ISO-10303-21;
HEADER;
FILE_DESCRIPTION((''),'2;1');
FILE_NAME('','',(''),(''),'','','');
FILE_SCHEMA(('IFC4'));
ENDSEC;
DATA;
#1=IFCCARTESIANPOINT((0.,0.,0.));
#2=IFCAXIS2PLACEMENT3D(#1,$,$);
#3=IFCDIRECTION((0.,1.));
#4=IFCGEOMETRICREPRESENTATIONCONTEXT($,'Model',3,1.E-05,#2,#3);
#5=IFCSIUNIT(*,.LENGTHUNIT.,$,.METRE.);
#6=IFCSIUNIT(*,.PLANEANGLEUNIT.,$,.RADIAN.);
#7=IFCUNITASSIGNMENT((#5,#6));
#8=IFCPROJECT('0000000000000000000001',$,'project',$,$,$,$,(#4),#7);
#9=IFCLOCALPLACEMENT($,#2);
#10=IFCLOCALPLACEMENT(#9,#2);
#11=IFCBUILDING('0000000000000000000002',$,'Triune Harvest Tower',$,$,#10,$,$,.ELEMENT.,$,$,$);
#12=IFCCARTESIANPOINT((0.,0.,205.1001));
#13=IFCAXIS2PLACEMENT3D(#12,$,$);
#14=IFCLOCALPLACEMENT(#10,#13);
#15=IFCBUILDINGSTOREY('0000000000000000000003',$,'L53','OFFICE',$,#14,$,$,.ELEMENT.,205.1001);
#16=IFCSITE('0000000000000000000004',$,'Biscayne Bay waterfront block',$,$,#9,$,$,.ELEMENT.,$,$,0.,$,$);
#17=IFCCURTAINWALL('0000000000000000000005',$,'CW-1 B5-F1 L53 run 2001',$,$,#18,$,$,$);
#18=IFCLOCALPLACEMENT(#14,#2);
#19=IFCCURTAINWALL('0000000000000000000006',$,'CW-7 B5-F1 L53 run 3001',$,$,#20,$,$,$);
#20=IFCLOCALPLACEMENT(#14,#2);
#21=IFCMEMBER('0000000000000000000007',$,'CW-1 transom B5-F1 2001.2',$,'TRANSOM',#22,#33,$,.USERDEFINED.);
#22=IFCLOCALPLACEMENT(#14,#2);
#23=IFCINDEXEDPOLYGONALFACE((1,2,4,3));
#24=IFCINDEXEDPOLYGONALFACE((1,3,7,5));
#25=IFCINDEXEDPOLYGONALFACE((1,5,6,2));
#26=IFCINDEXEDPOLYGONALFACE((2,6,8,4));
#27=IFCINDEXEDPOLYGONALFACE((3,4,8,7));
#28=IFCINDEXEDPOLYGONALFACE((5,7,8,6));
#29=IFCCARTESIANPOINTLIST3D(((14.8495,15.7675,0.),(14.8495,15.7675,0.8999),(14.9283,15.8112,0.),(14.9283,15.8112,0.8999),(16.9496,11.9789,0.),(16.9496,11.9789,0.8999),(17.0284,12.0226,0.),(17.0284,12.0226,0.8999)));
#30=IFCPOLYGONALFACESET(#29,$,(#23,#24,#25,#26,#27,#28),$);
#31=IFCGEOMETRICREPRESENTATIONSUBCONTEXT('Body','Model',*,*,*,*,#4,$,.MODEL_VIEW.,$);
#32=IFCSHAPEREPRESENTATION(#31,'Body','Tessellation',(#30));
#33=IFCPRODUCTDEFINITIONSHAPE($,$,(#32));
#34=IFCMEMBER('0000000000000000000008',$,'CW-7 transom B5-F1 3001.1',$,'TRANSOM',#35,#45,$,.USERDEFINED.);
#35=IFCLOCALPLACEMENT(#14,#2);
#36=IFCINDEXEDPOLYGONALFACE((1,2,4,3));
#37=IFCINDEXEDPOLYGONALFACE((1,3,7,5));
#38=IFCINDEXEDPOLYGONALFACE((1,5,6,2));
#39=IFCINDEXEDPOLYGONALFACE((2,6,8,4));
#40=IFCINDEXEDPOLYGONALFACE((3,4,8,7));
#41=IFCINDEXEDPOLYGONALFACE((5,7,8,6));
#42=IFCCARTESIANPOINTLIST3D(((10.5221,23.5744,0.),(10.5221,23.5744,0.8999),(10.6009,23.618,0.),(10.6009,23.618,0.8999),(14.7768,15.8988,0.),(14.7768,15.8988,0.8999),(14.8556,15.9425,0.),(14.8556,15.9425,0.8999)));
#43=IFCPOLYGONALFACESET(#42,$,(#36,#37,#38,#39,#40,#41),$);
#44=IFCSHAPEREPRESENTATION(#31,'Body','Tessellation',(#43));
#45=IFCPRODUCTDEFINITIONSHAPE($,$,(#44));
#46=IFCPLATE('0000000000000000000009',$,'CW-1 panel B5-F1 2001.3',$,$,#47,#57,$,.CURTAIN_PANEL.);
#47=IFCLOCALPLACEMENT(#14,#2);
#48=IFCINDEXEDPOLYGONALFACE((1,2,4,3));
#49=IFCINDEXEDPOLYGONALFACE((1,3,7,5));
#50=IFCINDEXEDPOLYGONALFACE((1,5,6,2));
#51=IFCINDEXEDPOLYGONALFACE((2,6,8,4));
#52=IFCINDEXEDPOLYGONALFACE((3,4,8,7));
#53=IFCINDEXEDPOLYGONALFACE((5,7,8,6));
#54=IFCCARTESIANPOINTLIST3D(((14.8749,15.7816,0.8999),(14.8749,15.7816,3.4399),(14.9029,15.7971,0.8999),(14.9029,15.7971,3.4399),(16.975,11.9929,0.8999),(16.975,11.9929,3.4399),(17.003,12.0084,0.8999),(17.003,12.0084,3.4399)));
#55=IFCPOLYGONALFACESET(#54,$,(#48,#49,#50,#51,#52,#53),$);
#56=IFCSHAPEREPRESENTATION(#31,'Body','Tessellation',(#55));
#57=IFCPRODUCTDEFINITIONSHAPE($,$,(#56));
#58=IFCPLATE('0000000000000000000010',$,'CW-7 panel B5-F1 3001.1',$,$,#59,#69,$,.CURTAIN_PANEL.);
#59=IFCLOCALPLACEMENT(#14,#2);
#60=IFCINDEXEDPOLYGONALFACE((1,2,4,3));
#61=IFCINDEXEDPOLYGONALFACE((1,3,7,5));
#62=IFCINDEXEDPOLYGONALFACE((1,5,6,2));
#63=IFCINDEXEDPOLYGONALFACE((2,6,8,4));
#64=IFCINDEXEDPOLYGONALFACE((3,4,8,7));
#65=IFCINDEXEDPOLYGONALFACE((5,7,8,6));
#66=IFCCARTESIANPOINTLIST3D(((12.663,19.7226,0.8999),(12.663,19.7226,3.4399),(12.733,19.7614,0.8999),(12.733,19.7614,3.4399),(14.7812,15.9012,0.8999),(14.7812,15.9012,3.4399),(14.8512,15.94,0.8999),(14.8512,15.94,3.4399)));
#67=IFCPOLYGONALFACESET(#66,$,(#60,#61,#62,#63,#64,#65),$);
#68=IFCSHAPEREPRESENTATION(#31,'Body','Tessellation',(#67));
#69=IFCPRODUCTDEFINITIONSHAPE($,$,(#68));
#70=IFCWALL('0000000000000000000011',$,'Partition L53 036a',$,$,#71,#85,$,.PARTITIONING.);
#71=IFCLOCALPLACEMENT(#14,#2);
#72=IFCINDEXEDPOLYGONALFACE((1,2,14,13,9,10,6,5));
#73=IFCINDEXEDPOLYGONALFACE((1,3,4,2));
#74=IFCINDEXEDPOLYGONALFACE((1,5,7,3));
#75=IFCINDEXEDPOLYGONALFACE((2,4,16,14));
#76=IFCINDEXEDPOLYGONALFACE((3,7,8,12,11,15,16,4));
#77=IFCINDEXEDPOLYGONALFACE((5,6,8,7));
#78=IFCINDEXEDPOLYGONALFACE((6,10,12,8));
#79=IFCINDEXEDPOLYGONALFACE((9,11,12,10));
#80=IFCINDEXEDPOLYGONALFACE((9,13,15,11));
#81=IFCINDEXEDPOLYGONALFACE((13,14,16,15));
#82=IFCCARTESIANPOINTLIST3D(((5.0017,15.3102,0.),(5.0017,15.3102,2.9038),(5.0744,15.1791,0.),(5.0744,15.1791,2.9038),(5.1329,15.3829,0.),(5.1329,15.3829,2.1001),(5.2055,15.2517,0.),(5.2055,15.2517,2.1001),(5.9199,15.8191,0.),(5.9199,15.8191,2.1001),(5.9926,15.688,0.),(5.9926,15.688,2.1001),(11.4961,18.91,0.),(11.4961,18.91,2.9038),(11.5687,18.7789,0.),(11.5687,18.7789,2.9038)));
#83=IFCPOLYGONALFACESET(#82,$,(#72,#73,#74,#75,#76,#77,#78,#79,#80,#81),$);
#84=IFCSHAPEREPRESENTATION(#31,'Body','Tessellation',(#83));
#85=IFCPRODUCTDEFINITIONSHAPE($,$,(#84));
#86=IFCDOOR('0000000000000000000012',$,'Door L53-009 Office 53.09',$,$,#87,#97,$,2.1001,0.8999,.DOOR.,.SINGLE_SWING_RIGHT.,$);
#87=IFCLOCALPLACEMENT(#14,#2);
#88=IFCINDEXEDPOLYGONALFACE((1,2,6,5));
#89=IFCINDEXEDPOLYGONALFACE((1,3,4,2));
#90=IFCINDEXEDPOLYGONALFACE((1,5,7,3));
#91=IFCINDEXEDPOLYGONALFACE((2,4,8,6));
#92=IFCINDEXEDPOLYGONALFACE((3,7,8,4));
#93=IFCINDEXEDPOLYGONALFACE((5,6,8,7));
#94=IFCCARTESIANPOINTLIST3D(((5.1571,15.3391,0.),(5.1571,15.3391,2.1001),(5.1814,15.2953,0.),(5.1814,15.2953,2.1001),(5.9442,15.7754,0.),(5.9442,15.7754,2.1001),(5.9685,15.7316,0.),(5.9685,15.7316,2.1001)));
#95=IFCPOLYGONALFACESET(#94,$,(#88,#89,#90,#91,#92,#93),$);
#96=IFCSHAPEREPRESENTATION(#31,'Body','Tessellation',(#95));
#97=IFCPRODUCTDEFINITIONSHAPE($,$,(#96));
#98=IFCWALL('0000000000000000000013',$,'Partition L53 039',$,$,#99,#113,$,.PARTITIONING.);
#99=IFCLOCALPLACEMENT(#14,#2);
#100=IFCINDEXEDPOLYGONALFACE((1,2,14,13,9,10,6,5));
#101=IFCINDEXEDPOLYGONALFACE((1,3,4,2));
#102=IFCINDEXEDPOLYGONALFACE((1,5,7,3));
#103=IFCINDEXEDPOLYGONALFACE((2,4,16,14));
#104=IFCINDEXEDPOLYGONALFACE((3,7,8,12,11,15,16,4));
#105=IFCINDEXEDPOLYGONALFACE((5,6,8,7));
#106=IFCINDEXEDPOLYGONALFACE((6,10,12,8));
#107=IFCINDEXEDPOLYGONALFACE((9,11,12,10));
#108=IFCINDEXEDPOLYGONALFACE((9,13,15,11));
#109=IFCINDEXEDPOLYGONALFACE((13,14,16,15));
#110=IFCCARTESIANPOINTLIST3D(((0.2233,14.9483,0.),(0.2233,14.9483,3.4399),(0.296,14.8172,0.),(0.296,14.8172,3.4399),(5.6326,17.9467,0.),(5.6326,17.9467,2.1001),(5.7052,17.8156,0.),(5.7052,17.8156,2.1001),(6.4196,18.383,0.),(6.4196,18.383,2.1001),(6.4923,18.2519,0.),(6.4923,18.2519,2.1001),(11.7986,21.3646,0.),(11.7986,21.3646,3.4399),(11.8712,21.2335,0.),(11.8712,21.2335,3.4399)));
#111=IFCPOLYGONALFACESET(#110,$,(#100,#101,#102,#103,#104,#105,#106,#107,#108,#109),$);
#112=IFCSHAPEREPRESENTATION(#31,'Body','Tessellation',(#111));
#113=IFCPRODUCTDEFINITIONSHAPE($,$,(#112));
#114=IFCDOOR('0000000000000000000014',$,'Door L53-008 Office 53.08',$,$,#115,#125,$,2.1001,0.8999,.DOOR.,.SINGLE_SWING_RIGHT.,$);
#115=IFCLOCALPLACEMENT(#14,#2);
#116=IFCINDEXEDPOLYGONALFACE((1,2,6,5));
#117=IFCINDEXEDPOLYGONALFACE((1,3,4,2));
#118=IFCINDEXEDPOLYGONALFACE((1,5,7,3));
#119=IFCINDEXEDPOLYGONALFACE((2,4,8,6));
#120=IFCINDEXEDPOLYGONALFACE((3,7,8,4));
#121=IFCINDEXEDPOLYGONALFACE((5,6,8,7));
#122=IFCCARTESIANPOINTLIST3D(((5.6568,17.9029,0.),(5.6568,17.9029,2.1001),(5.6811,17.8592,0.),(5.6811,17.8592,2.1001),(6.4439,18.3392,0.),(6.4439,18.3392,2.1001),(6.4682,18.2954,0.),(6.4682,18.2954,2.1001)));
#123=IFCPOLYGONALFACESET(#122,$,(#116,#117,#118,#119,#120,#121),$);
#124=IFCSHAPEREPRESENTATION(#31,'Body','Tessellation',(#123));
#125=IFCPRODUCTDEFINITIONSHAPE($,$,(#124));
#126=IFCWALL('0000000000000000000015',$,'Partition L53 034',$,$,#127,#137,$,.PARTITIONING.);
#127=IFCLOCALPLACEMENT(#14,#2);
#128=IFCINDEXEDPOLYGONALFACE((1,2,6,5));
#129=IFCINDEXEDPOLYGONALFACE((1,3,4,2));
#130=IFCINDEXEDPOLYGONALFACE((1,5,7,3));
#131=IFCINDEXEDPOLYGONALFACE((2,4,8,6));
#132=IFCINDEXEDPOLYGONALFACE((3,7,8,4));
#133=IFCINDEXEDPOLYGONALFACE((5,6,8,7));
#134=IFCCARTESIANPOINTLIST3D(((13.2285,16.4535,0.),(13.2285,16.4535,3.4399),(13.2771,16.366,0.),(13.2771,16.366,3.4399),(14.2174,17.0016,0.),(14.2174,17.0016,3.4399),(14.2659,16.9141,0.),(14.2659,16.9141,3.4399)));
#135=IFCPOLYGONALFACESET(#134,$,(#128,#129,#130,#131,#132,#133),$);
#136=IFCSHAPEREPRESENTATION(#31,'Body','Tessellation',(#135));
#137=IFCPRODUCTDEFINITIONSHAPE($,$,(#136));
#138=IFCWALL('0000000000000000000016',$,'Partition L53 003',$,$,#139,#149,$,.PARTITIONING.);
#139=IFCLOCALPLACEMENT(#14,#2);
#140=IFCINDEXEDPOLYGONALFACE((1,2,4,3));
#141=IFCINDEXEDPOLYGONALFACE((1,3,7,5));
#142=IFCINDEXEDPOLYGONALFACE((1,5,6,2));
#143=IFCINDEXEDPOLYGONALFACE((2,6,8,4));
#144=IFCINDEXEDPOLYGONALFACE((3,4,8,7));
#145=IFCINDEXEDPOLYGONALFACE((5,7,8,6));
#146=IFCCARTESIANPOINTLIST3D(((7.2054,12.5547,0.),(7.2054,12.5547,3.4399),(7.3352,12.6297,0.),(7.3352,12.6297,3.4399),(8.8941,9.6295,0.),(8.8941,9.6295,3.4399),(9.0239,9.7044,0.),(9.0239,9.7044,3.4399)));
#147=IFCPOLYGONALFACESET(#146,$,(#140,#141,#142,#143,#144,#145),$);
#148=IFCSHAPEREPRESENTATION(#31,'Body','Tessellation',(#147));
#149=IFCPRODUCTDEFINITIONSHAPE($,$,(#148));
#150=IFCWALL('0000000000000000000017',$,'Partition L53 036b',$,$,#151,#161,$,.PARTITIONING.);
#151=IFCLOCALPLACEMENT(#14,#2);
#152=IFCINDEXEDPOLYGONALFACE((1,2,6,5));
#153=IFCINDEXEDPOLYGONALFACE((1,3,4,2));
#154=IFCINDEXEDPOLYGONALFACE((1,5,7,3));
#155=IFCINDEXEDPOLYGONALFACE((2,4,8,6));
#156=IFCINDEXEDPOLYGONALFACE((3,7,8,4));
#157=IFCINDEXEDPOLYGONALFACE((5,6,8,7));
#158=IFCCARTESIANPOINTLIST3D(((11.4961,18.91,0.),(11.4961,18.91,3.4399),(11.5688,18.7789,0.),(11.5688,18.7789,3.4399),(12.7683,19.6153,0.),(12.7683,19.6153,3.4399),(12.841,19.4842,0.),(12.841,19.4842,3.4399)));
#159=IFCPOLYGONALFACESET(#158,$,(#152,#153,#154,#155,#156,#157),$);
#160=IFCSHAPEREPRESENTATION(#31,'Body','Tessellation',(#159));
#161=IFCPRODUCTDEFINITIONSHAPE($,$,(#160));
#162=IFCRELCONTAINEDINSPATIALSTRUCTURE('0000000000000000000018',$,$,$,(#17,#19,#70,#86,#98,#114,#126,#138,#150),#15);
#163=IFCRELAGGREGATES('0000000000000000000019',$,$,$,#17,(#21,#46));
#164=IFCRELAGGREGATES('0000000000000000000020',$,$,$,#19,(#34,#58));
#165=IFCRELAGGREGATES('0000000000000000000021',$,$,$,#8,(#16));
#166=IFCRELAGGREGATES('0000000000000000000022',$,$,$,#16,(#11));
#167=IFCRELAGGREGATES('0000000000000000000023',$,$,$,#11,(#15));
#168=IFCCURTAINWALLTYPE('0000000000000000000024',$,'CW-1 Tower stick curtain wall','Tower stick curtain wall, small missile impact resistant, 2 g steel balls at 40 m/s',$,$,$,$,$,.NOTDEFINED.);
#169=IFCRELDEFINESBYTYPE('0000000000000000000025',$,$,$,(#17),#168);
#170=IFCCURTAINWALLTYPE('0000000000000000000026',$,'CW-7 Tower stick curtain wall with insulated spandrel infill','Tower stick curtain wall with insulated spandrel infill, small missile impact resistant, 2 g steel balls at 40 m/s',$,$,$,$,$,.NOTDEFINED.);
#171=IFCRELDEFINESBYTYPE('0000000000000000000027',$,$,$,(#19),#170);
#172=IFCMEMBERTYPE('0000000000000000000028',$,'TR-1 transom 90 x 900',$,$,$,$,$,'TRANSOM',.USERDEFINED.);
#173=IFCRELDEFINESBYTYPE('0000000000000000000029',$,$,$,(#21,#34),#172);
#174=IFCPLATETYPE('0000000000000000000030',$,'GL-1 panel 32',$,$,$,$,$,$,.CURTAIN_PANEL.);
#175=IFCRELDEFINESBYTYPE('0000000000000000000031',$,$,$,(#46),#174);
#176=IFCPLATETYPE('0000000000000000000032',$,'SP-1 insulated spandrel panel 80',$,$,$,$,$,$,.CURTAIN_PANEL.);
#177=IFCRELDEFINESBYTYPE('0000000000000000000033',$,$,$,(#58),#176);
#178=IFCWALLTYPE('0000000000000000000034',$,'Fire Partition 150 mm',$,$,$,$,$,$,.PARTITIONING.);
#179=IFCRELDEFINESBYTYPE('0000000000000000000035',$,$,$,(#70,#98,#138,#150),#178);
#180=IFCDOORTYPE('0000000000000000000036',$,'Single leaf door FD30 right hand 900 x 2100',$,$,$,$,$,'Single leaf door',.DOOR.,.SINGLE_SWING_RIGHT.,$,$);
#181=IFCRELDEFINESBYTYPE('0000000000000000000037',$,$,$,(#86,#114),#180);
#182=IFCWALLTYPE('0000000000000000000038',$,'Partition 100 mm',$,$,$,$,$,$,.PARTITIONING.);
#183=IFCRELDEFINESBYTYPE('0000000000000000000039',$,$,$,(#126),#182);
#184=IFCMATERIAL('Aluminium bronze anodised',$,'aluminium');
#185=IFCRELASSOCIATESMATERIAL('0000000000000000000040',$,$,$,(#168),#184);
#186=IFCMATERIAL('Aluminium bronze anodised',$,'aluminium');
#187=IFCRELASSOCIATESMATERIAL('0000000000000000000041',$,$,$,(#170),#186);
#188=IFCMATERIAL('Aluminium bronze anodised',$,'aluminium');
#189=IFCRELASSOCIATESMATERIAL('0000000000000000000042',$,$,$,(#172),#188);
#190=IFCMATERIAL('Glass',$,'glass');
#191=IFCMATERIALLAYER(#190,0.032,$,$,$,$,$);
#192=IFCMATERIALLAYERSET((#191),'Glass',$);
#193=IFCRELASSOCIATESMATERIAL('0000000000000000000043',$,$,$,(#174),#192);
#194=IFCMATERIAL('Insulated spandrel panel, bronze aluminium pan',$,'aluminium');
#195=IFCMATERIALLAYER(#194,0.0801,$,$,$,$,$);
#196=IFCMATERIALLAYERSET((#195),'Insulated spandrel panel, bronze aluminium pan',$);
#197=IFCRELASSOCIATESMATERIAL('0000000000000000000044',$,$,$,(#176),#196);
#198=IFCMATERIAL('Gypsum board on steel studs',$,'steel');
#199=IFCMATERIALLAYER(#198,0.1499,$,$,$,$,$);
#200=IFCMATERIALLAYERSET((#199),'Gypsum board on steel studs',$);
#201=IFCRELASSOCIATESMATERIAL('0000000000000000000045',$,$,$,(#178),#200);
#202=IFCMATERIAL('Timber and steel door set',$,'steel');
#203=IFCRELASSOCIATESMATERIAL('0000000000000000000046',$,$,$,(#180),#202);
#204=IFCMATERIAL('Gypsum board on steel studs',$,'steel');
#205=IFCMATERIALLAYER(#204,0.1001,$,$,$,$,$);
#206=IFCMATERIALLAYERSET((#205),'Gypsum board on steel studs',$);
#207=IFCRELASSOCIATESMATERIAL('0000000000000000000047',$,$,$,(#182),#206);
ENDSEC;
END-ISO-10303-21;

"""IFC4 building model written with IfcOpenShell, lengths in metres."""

from ifc_helpers import new_model, si_unit, direction, frame, frame_2d, origin, origin_2d, place, context, subcontext, project, spatial, rectangle, extrude, source, transform, mapped, material, layer, layer_set, material_profile, profile_set, type_object, element, fill, aggregate, save


model = new_model("IFC4")

# Units and contexts
model_context = context("Model", 3, precision=1e-05, world=origin(), true_north=direction((0.0, 1.0)))
body_context = subcontext(model_context, "Body", "Model", "MODEL_VIEW")
ifc_project = project(units=[si_unit("LENGTHUNIT", "METRE"), si_unit("PLANEANGLEUNIT", "RADIAN")], contexts=[model_context])

# Site, building, storey
site_placement = place(None, origin())
site = spatial("IfcSite", under=ifc_project, at=site_placement, Name="Biscayne Bay waterfront block", CompositionType="ELEMENT", RefElevation=0.0)
building_placement = place(site_placement, origin())
building = spatial("IfcBuilding", under=site, at=building_placement, Name="Triune Harvest Tower", CompositionType="ELEMENT")
storey_placement = place(building_placement, frame((0.0, 0.0, 205.1001)))
storey = spatial("IfcBuildingStorey", under=building, at=storey_placement, Name="L53", Description="OFFICE", CompositionType="ELEMENT", Elevation=205.1001)

# Curtain wall
ifc_material_1 = material(Name="Aluminium bronze anodised", Category="aluminium")
curtain_wall_type_1 = type_object("IfcCurtainWallType", Name="CW-1 Tower stick curtain wall", Description="Tower stick curtain wall, small missile impact resistant, 2 g steel balls at 40 m/s", PredefinedType="NOTDEFINED", material=ifc_material_1)
curtain_wall_1_placement = place(storey_placement, origin())
curtain_wall_1 = element("IfcCurtainWall", 1, at=curtain_wall_1_placement, inside=storey, type_object=curtain_wall_type_1, Name="CW-1 B5-F1 L53 run 2001")

# Curtain wall
ifc_material_2 = material(Name="Aluminium bronze anodised", Category="aluminium")
curtain_wall_type_2 = type_object("IfcCurtainWallType", Name="CW-7 Tower stick curtain wall with insulated spandrel infill", Description="Tower stick curtain wall with insulated spandrel infill, small missile impact resistant, 2 g steel balls at 40 m/s", PredefinedType="NOTDEFINED", material=ifc_material_2)
curtain_wall_2_placement = place(storey_placement, origin())
curtain_wall_2 = element("IfcCurtainWall", 2, at=curtain_wall_2_placement, inside=storey, type_object=curtain_wall_type_2, Name="CW-7 B5-F1 L53 run 3001")

# Members
ifc_material_3 = material(Name="Aluminium bronze anodised", Category="aluminium")
ifc_material_profile_1 = material_profile(ifc_material_3, rectangle(XDim=0.0901, YDim=0.8999, at=origin_2d()), Name="TR-1 transom 90 x 900")
ifc_profile_set_1 = profile_set([ifc_material_profile_1], Name="Aluminium bronze anodised")
member_type_1 = type_object("IfcMemberType", Name="TR-1 transom 90 x 900", ElementType="TRANSOM", PredefinedType="USERDEFINED", material=ifc_profile_set_1)
shared_shape_1 = source(origin(), body_context, "Body", "SweptSolid", [
    extrude(rectangle(XDim=0.0901, YDim=0.8999, at=origin_2d()), origin(), (0.0, 0.0, 1.0), 4.3318),
])
member_1_placement = place(storey_placement, frame((16.989, 12.0007, 0.45), z_axis=(-0.48482, 0.874614, 0.0), x_axis=(-0.874614, -0.48482, 0.0)))
member_1 = element("IfcMember", 3, at=member_1_placement, type_object=member_type_1, Name="CW-1 transom B5-F1 2001.2", ObjectType="TRANSOM", PredefinedType="USERDEFINED", context=body_context, shape_type="MappedRepresentation", body=[
    mapped(shared_shape_1, transform((0.0, 0.0, 0.0), scale=1.0)),
])
shared_shape_2 = source(origin(), body_context, "Body", "SweptSolid", [
    extrude(rectangle(XDim=0.0901, YDim=0.8999, at=origin_2d()), origin(), (0.0, 0.0, 1.0), 8.7759),
])
member_2_placement = place(storey_placement, frame((14.8162, 15.9207, 0.45), z_axis=(-0.484811, 0.874619, 0.0), x_axis=(-0.874619, -0.484811, 0.0)))
member_2 = element("IfcMember", 4, at=member_2_placement, type_object=member_type_1, Name="CW-7 transom B5-F1 3001.1", ObjectType="TRANSOM", PredefinedType="USERDEFINED", context=body_context, shape_type="MappedRepresentation", body=[
    mapped(shared_shape_2, transform((0.0, 0.0, 0.0), scale=1.0)),
])

# Plates
ifc_material_4 = material(Name="Glass", Category="glass")
ifc_layer_1 = layer(ifc_material_4, 0.032)
ifc_layer_set_1 = layer_set([ifc_layer_1], Name="Glass")
plate_type_1 = type_object("IfcPlateType", Name="GL-1 panel 32", PredefinedType="CURTAIN_PANEL", material=ifc_layer_set_1)
shared_shape_3 = source(origin(), body_context, "Body", "SweptSolid", [
    extrude(rectangle(XDim=4.3318, YDim=0.032, at=origin_2d()), origin(), (0.0, 0.0, 1.0), 2.54),
])
plate_1_placement = place(storey_placement, frame((15.939, 13.895, 0.8999), z_axis=(0.0, 0.0, 1.0), x_axis=(-0.484809, 0.87462, 0.0)))
plate_1 = element("IfcPlate", 5, at=plate_1_placement, type_object=plate_type_1, Name="CW-1 panel B5-F1 2001.3", PredefinedType="CURTAIN_PANEL", context=body_context, shape_type="MappedRepresentation", body=[
    mapped(shared_shape_3, transform((0.0, 0.0, 0.0), scale=1.0)),
])
aggregate(curtain_wall_1, [member_1, plate_1])
ifc_material_5 = material(Name="Insulated spandrel panel, bronze aluminium pan", Category="aluminium")
ifc_layer_2 = layer(ifc_material_5, 0.0801)
ifc_layer_set_2 = layer_set([ifc_layer_2], Name="Insulated spandrel panel, bronze aluminium pan")
plate_type_2 = type_object("IfcPlateType", Name="SP-1 insulated spandrel panel 80", PredefinedType="CURTAIN_PANEL", material=ifc_layer_set_2)
shared_shape_4 = source(origin(), body_context, "Body", "SweptSolid", [
    extrude(rectangle(XDim=4.3691, YDim=0.0801, at=origin_2d()), origin(), (0.0, 0.0, 1.0), 2.54),
])
plate_2_placement = place(storey_placement, frame((13.7571, 17.8313, 0.8999), z_axis=(0.0, 0.0, 1.0), x_axis=(-0.484807, 0.874621, 0.0)))
plate_2 = element("IfcPlate", 6, at=plate_2_placement, type_object=plate_type_2, Name="CW-7 panel B5-F1 3001.1", PredefinedType="CURTAIN_PANEL", context=body_context, shape_type="MappedRepresentation", body=[
    mapped(shared_shape_4, transform((0.0, 0.0, 0.0), scale=1.0)),
])
aggregate(curtain_wall_2, [member_2, plate_2])

# Walls, openings, doors
ifc_material_6 = material(Name="Gypsum board on steel studs", Category="steel")
ifc_layer_3 = layer(ifc_material_6, 0.1499)
ifc_layer_set_3 = layer_set([ifc_layer_3], Name="Gypsum board on steel studs")
wall_type_1 = type_object("IfcWallType", Name="Fire Partition 150 mm", PredefinedType="PARTITIONING", material=ifc_layer_set_3)
wall_1_placement = place(storey_placement, frame((5.0381, 15.2446, 0.0), z_axis=(0.0, 0.0, 1.0), x_axis=(0.874622, 0.484805, 0.0)))
wall_1 = element("IfcWall", 7, at=wall_1_placement, inside=storey, type_object=wall_type_1, Name="Partition L53 036a", PredefinedType="PARTITIONING", context=body_context, shape_type="SweptSolid", body=[
    extrude(rectangle(XDim=7.4253, YDim=0.1499, at=frame_2d((3.7126, 0.0))), origin(), (0.0, 0.0, 1.0), 2.9038),
])
opening_1_placement = place(wall_1_placement, frame((0.1499, 0.0, 0.0)))
opening_1 = element("IfcOpeningElement", 8, at=opening_1_placement, cuts=wall_1, PredefinedType="OPENING", context=body_context, shape_type="SweptSolid", body=[
    extrude(rectangle(XDim=0.8999, YDim=2.1001, at=frame_2d((0.45, 1.05))), frame((0.0, 0.085, 0.0), z_axis=(0.0, -1.0, 0.0), x_axis=(1.0, 0.0, 0.0)), (0.0, 0.0, 1.0), 0.1699),
])
ifc_material_7 = material(Name="Timber and steel door set", Category="steel")
door_type = type_object("IfcDoorType", Name="Single leaf door FD30 right hand 900 x 2100", ElementType="Single leaf door", OperationType="SINGLE_SWING_RIGHT", PredefinedType="DOOR", material=ifc_material_7)
door_1_placement = place(opening_1_placement, origin())
door_1 = element("IfcDoor", 9, at=door_1_placement, inside=storey, type_object=door_type, Name="Door L53-009 Office 53.09", OperationType="SINGLE_SWING_RIGHT", OverallHeight=2.1001, OverallWidth=0.8999, PredefinedType="DOOR", context=body_context, shape_type="SweptSolid", body=[
    extrude(rectangle(XDim=0.8999, YDim=2.1001, at=frame_2d((0.45, 1.05))), frame((0.0, 0.0249, 0.0), z_axis=(0.0, -1.0, 0.0), x_axis=(1.0, 0.0, 0.0)), (0.0, 0.0, 1.0), 0.05),
])
fill(opening_1, door_1)
wall_2_placement = place(storey_placement, frame((0.2598, 14.8828, 0.0), z_axis=(0.0, 0.0, 1.0), x_axis=(0.874619, 0.484811, 0.0)))
wall_2 = element("IfcWall", 10, at=wall_2_placement, inside=storey, type_object=wall_type_1, Name="Partition L53 039", PredefinedType="PARTITIONING", context=body_context, shape_type="SweptSolid", body=[
    extrude(rectangle(XDim=13.2346, YDim=0.1499, at=frame_2d((6.6172, 0.0))), origin(), (0.0, 0.0, 1.0), 3.4399),
])
opening_2_placement = place(wall_2_placement, frame((6.1846, 0.0, 0.0)))
opening_2 = element("IfcOpeningElement", 11, at=opening_2_placement, cuts=wall_2, PredefinedType="OPENING", context=body_context, shape_type="SweptSolid", body=[
    extrude(rectangle(XDim=0.8999, YDim=2.1001, at=frame_2d((0.45, 1.05))), frame((0.0, 0.085, 0.0), z_axis=(0.0, -1.0, 0.0), x_axis=(1.0, 0.0, 0.0)), (0.0, 0.0, 1.0), 0.1699),
])
door_2_placement = place(opening_2_placement, origin())
door_2 = element("IfcDoor", 12, at=door_2_placement, inside=storey, type_object=door_type, Name="Door L53-008 Office 53.08", OperationType="SINGLE_SWING_RIGHT", OverallHeight=2.1001, OverallWidth=0.8999, PredefinedType="DOOR", context=body_context, shape_type="SweptSolid", body=[
    extrude(rectangle(XDim=0.8999, YDim=2.1001, at=frame_2d((0.45, 1.05))), frame((0.0, 0.0249, 0.0), z_axis=(0.0, -1.0, 0.0), x_axis=(1.0, 0.0, 0.0)), (0.0, 0.0, 1.0), 0.05),
])
fill(opening_2, door_2)

# Walls
ifc_material_8 = material(Name="Gypsum board on steel studs", Category="steel")
ifc_layer_4 = layer(ifc_material_8, 0.1001)
ifc_layer_set_4 = layer_set([ifc_layer_4], Name="Gypsum board on steel studs")
wall_type_2 = type_object("IfcWallType", Name="Partition 100 mm", PredefinedType="PARTITIONING", material=ifc_layer_set_4)
shared_shape_5 = source(origin(), body_context, "Body", "SweptSolid", [
    extrude(rectangle(XDim=1.1306, YDim=0.1001, at=frame_2d((0.5654, 0.0))), origin(), (0.0, 0.0, 1.0), 3.4399),
])
wall_3_placement = place(storey_placement, frame((13.2527, 16.4097, 0.0), z_axis=(0.0, 0.0, 1.0), x_axis=(0.874615, 0.484818, 0.0)))
element("IfcWall", 13, at=wall_3_placement, inside=storey, type_object=wall_type_2, Name="Partition L53 034", PredefinedType="PARTITIONING", context=body_context, shape_type="MappedRepresentation", body=[
    mapped(shared_shape_5, transform((0.0, 0.0, 0.0), scale=1.0)),
])
shared_shape_6 = source(origin(), body_context, "Body", "SweptSolid", [
    extrude(rectangle(XDim=3.3777, YDim=0.1499, at=frame_2d((1.689, 0.0))), origin(), (0.0, 0.0, 1.0), 3.4399),
])
wall_4_placement = place(storey_placement, frame((7.2703, 12.5923, 0.0), z_axis=(0.0, 0.0, 1.0), x_axis=(0.499956, -0.866051, 0.0)))
element("IfcWall", 14, at=wall_4_placement, inside=storey, type_object=wall_type_1, Name="Partition L53 003", PredefinedType="PARTITIONING", context=body_context, shape_type="MappedRepresentation", body=[
    mapped(shared_shape_6, transform((0.0, 0.0, 0.0), scale=1.0)),
])
shared_shape_7 = source(origin(), body_context, "Body", "SweptSolid", [
    extrude(rectangle(XDim=1.4546, YDim=0.1499, at=frame_2d((0.7273, 0.0))), origin(), (0.0, 0.0, 1.0), 3.4399),
])
wall_5_placement = place(storey_placement, frame((11.5325, 18.8445, 0.0), z_axis=(0.0, 0.0, 1.0), x_axis=(0.874584, 0.484873, 0.0)))
element("IfcWall", 15, at=wall_5_placement, inside=storey, type_object=wall_type_1, Name="Partition L53 036b", PredefinedType="PARTITIONING", context=body_context, shape_type="MappedRepresentation", body=[
    mapped(shared_shape_7, transform((0.0, 0.0, 0.0), scale=1.0)),
])

save(model, "model.ifc")
